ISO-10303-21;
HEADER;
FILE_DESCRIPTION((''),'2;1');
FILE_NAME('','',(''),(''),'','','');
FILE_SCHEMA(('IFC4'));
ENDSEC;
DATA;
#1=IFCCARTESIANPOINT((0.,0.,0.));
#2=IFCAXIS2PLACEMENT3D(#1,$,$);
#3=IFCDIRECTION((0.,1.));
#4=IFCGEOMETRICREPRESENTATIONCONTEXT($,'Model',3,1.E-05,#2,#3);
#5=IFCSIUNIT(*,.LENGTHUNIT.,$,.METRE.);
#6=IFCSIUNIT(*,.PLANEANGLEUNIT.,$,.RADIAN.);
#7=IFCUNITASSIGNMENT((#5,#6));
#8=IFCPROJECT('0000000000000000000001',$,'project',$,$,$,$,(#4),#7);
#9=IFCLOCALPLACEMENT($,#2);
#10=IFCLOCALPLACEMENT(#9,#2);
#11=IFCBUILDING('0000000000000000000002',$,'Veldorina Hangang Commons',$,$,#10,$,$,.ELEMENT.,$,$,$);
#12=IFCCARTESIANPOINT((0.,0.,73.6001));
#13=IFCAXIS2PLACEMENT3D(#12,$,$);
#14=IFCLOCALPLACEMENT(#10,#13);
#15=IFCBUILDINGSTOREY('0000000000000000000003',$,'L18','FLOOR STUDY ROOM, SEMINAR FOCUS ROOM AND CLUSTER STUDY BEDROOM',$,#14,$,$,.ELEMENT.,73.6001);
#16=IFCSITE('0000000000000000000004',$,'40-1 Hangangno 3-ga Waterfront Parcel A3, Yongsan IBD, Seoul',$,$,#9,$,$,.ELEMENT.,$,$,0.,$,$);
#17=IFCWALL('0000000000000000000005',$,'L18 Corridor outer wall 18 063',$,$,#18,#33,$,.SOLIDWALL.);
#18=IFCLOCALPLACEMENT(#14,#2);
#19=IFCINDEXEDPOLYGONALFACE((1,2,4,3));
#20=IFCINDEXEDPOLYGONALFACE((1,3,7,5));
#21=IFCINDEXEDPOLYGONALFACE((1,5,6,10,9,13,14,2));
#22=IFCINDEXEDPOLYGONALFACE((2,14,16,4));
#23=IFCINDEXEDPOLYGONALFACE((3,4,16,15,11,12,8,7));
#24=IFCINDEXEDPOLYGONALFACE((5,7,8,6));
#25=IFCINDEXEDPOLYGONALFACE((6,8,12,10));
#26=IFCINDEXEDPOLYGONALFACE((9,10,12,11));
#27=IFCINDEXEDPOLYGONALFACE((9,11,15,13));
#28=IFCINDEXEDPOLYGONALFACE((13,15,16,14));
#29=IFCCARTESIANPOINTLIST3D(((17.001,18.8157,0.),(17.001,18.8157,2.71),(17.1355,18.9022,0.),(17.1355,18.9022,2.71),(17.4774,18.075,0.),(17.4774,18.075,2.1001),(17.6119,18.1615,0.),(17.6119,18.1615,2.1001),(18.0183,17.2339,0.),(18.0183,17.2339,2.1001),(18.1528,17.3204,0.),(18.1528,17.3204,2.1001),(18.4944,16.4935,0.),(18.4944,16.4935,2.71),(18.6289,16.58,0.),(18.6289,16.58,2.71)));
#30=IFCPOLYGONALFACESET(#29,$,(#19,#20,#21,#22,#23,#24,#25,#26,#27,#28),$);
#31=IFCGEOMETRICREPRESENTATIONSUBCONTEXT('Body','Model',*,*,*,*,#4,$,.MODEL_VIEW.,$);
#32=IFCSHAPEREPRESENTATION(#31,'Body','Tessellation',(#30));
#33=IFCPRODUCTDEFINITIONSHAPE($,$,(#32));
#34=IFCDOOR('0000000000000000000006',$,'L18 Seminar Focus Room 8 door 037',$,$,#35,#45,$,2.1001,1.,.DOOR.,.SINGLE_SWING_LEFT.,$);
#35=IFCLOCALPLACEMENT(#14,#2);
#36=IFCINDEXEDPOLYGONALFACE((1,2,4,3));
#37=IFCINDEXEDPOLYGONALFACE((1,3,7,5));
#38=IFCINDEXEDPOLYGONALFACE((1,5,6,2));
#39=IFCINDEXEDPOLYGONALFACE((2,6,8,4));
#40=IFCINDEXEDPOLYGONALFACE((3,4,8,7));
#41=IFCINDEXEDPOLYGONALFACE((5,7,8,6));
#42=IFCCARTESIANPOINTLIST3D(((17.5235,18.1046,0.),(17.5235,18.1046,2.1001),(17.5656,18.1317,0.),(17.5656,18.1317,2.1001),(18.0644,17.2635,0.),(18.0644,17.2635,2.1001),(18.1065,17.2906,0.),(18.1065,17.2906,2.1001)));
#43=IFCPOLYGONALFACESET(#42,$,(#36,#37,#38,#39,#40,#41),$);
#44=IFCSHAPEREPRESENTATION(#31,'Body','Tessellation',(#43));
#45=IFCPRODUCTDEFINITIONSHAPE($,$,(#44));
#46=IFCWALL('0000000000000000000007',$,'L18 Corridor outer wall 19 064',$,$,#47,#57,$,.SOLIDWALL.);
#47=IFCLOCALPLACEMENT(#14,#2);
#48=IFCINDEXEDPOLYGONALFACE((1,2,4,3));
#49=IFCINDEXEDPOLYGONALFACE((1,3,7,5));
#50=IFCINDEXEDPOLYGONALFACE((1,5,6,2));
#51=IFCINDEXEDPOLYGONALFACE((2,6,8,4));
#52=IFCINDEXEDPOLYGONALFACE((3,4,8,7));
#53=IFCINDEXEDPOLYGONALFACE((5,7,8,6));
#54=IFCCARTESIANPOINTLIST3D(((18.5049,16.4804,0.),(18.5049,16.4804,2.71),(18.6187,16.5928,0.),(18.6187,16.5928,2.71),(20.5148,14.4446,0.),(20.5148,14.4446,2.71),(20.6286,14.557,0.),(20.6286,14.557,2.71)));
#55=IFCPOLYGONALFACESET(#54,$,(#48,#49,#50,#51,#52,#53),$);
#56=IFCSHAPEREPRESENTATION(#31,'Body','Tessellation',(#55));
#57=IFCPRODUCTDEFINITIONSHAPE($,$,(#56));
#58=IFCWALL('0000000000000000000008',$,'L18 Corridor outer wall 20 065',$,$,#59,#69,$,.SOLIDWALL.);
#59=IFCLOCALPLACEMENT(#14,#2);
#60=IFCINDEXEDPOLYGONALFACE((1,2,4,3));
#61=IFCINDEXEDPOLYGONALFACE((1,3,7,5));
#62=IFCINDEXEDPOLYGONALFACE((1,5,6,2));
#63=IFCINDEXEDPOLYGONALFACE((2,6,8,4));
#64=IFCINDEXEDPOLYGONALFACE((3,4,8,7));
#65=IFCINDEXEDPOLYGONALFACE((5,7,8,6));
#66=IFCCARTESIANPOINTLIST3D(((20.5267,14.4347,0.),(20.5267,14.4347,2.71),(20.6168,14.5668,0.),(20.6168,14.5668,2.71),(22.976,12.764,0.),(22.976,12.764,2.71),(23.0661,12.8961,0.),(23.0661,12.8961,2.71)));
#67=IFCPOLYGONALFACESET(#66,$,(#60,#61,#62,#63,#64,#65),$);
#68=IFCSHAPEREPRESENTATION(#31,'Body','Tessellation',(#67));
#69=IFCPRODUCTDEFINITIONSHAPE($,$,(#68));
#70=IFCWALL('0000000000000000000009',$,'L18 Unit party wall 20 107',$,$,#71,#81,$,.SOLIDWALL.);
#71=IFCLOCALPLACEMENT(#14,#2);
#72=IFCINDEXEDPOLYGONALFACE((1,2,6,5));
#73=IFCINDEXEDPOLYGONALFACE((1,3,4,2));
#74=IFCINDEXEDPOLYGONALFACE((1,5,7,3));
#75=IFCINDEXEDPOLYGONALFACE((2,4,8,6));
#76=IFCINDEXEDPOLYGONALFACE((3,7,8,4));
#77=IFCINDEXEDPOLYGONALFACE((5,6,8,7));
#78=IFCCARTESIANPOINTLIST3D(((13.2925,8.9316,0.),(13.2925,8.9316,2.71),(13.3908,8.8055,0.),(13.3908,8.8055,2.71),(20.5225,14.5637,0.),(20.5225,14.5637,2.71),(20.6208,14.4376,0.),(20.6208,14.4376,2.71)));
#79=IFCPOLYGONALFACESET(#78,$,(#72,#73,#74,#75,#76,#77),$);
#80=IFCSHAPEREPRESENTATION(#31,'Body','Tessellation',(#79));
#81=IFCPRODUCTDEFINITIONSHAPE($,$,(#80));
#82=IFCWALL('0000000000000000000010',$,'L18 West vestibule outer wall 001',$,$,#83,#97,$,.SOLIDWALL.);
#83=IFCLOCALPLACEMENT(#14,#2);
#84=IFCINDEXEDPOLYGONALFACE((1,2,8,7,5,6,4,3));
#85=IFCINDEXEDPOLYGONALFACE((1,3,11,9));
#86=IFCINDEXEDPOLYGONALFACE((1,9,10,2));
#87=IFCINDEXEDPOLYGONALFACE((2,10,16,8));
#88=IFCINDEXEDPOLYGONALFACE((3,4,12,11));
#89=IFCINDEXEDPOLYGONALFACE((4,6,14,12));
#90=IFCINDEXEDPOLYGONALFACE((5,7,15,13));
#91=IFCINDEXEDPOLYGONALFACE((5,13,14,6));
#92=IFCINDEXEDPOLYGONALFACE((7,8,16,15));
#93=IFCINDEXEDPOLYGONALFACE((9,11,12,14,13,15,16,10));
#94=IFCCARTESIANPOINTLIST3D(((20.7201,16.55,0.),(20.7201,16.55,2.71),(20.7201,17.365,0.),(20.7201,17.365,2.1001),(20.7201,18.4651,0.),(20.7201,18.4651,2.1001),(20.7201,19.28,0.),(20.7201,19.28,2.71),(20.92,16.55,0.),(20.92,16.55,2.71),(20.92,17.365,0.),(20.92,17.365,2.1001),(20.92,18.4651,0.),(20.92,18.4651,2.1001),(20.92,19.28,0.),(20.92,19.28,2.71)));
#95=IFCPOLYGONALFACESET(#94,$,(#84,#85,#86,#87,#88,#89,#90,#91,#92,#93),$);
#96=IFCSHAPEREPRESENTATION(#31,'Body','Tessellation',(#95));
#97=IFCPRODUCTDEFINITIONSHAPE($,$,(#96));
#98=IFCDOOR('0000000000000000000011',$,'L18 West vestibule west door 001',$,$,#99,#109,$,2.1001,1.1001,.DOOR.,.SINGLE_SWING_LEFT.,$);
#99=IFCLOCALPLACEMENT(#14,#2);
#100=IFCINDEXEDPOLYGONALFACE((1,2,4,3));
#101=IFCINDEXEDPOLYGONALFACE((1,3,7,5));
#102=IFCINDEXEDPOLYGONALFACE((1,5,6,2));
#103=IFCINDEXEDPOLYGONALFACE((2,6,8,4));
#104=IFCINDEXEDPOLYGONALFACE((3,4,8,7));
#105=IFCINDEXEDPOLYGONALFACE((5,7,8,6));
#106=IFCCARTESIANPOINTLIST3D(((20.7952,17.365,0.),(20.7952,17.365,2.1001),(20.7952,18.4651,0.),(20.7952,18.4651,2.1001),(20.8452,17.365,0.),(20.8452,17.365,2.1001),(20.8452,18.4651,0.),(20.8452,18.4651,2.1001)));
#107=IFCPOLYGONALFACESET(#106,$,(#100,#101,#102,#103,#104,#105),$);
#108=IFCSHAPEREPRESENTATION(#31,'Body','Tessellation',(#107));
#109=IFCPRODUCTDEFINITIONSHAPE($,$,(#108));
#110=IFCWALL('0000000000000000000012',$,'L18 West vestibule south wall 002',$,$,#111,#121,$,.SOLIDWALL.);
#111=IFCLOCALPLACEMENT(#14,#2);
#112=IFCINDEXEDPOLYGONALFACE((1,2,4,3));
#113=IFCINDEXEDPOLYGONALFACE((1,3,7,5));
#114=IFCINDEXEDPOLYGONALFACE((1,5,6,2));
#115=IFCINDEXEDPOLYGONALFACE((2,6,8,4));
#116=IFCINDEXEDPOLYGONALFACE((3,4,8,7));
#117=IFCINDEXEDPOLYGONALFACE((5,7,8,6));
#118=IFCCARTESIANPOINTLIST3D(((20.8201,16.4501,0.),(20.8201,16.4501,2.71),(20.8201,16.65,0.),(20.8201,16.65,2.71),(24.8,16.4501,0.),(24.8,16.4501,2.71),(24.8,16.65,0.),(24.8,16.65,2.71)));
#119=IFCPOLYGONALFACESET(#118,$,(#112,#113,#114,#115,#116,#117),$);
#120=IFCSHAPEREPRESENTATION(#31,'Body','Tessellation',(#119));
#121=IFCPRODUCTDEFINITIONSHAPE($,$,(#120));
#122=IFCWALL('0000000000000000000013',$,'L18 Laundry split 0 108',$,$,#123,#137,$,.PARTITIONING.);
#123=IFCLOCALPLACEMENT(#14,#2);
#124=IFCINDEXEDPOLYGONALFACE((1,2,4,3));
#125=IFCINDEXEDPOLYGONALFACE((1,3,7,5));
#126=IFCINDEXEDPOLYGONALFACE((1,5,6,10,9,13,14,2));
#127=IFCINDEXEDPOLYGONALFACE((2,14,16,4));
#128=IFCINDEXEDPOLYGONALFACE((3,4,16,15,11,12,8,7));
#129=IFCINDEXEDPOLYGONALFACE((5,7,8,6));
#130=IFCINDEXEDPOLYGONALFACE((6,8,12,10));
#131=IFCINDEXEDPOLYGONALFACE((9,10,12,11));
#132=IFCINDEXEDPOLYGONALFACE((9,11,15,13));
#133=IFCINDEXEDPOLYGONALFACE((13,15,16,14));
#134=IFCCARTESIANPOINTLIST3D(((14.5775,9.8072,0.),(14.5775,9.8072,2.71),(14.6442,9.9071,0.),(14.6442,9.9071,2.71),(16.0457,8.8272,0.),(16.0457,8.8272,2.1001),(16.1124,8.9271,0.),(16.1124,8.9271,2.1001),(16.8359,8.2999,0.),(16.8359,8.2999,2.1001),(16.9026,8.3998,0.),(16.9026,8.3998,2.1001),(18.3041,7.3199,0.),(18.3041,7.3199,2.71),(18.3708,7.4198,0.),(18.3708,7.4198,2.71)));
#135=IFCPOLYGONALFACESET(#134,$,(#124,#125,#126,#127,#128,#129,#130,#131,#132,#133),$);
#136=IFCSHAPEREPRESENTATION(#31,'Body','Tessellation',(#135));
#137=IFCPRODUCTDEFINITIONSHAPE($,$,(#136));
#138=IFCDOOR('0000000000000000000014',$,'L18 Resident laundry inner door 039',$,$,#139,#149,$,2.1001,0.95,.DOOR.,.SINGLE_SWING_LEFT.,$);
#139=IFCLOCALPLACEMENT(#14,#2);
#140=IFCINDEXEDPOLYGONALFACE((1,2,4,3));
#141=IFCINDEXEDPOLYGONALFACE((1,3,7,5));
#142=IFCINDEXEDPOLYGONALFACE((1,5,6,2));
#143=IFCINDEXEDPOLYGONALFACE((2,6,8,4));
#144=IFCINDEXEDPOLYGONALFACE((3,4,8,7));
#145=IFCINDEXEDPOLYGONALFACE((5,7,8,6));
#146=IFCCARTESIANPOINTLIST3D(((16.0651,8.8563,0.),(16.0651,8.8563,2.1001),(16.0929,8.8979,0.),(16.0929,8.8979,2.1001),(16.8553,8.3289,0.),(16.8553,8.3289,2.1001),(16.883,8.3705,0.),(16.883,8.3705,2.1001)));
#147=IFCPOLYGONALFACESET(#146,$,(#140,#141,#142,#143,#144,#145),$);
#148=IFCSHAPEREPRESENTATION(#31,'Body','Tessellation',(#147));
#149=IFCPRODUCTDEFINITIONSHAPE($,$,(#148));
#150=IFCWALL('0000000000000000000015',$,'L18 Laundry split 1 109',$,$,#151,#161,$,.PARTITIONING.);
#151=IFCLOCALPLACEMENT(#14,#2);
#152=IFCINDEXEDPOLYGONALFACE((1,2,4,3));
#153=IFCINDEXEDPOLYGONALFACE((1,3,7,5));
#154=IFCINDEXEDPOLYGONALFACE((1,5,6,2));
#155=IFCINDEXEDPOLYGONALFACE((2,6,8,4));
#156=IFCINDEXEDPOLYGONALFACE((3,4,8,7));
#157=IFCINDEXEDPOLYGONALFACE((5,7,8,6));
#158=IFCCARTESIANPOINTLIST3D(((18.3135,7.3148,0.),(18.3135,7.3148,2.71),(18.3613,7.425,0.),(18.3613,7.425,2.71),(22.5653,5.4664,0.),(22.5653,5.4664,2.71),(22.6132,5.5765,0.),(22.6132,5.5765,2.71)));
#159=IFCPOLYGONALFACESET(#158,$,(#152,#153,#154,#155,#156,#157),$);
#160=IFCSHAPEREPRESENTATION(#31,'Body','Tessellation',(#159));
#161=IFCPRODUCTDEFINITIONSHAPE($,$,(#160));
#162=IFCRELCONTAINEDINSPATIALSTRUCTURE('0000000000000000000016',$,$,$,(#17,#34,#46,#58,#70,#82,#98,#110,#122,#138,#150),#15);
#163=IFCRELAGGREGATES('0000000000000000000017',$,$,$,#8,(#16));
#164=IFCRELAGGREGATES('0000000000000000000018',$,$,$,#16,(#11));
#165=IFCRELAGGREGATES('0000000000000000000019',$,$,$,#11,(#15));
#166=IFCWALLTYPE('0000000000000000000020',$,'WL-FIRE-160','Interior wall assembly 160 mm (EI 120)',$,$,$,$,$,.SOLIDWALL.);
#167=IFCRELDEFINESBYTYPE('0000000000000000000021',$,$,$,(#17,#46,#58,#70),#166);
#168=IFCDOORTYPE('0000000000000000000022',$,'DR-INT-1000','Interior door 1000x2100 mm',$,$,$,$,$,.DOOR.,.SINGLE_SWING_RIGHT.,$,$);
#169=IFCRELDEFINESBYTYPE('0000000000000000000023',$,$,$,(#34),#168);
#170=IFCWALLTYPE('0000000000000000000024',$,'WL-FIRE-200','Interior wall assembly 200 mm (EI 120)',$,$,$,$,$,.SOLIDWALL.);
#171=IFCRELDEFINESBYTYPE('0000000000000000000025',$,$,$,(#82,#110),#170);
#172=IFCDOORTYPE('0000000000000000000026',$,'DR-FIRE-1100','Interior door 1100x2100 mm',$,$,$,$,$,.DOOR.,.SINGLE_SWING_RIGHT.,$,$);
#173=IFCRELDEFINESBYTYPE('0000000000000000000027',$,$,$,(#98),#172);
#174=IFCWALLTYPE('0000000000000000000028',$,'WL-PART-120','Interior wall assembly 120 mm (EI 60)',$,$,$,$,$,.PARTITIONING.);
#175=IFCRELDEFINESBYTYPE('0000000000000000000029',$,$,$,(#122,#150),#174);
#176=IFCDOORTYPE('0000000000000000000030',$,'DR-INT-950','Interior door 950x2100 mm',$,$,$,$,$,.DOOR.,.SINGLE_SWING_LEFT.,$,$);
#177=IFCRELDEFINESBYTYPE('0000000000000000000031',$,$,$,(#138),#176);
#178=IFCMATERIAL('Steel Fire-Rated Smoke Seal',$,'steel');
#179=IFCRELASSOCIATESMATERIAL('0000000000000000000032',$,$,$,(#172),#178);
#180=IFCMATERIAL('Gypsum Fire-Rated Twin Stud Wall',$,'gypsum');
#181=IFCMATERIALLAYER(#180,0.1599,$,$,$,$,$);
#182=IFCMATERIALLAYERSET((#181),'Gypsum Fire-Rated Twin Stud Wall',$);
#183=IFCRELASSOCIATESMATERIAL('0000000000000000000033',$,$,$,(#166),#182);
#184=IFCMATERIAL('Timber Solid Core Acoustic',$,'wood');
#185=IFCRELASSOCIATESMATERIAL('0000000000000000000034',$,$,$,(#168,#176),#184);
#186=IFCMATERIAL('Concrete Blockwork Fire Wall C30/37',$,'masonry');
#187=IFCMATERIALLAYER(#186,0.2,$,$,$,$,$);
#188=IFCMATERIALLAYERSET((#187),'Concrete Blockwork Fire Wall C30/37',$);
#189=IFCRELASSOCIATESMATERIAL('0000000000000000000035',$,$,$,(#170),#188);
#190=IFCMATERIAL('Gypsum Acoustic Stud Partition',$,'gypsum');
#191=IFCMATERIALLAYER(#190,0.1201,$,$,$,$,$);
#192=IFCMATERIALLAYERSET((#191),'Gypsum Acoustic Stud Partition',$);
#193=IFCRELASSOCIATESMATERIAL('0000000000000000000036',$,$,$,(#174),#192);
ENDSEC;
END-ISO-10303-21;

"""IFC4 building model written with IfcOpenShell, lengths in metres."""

from ifc_helpers import new_model, si_unit, direction, frame, frame_2d, origin, place, context, subcontext, project, spatial, rectangle, extrude, material, layer, layer_set, type_object, element, fill, save


model = new_model("IFC4")

# Units and contexts
model_context = context("Model", 3, precision=1e-05, world=origin(), true_north=direction((0.0, 1.0)))
body_context = subcontext(model_context, "Body", "Model", "MODEL_VIEW")
ifc_project = project(units=[si_unit("LENGTHUNIT", "METRE"), si_unit("PLANEANGLEUNIT", "RADIAN")], contexts=[model_context])

# Site, building, storey
site_placement = place(None, origin())
site = spatial("IfcSite", under=ifc_project, at=site_placement, Name="40-1 Hangangno 3-ga Waterfront Parcel A3, Yongsan IBD, Seoul", CompositionType="ELEMENT", RefElevation=0.0)
building_placement = place(site_placement, origin())
building = spatial("IfcBuilding", under=site, at=building_placement, Name="Veldorina Hangang Commons", CompositionType="ELEMENT")
storey_placement = place(building_placement, frame((0.0, 0.0, 73.6001)))
storey = spatial("IfcBuildingStorey", under=building, at=storey_placement, Name="L18", Description="FLOOR STUDY ROOM, SEMINAR FOCUS ROOM AND CLUSTER STUDY BEDROOM", CompositionType="ELEMENT", Elevation=73.6001)

# Wall, opening, door
ifc_material_1 = material(Name="Steel Fire-Rated Smoke Seal", Category="steel")
door_type_1 = type_object("IfcDoorType", Name="DR-FIRE-1100", Description="Interior door 1100x2100 mm", OperationType="SINGLE_SWING_RIGHT", PredefinedType="DOOR", material=ifc_material_1)
ifc_material_2 = material(Name="Gypsum Fire-Rated Twin Stud Wall", Category="gypsum")
ifc_layer_1 = layer(ifc_material_2, 0.1599)
ifc_layer_set_1 = layer_set([ifc_layer_1], Name="Gypsum Fire-Rated Twin Stud Wall")
wall_type_1 = type_object("IfcWallType", Name="WL-FIRE-160", Description="Interior wall assembly 160 mm (EI 120)", PredefinedType="SOLIDWALL", material=ifc_layer_set_1)
wall_1_placement = place(storey_placement, frame((17.0684, 18.8589, 0.0), z_axis=(0.0, 0.0, 1.0), x_axis=(0.540892, -0.841092, 0.0)))
wall_1 = element("IfcWall", 1, at=wall_1_placement, inside=storey, type_object=wall_type_1, Name="L18 Corridor outer wall 18 063", PredefinedType="SOLIDWALL", context=body_context, shape_type="SweptSolid", body=[
    extrude(rectangle(XDim=2.761, YDim=0.1599, at=frame_2d((1.3804, 0.0))), origin(), (0.0, 0.0, 1.0), 2.71),
])
opening_1_placement = place(wall_1_placement, frame((0.8806, 0.0, 0.0)))
opening_1 = element("IfcOpeningElement", 2, at=opening_1_placement, cuts=wall_1, PredefinedType="OPENING", context=body_context, shape_type="SweptSolid", body=[
    extrude(rectangle(XDim=1.0, YDim=2.1001, at=frame_2d((0.5, 1.05))), frame((0.0, 0.0898, 0.0), z_axis=(0.0, -1.0, 0.0), x_axis=(1.0, 0.0, 0.0)), (0.0, 0.0, 1.0), 0.1799),
])
ifc_material_3 = material(Name="Timber Solid Core Acoustic", Category="wood")
door_type_2 = type_object("IfcDoorType", Name="DR-INT-1000", Description="Interior door 1000x2100 mm", OperationType="SINGLE_SWING_RIGHT", PredefinedType="DOOR", material=ifc_material_3)
door_1_placement = place(opening_1_placement, origin())
door_1 = element("IfcDoor", 3, at=door_1_placement, inside=storey, type_object=door_type_2, Name="L18 Seminar Focus Room 8 door 037", OperationType="SINGLE_SWING_LEFT", OverallHeight=2.1001, OverallWidth=1.0, PredefinedType="DOOR", context=body_context, shape_type="SweptSolid", body=[
    extrude(rectangle(XDim=1.0, YDim=2.1001, at=frame_2d((0.5, 1.05))), frame((0.0, 0.0249, 0.0), z_axis=(0.0, -1.0, 0.0), x_axis=(1.0, 0.0, 0.0)), (0.0, 0.0, 1.0), 0.05),
])
fill(opening_1, door_1)

# Walls
wall_2_placement = place(storey_placement, frame((18.5618, 16.5366, 0.0), z_axis=(0.0, 0.0, 1.0), x_axis=(0.70257, -0.711615, 0.0)))
element("IfcWall", 4, at=wall_2_placement, inside=storey, type_object=wall_type_1, Name="L18 Corridor outer wall 19 064", PredefinedType="SOLIDWALL", context=body_context, shape_type="SweptSolid", body=[
    extrude(rectangle(XDim=2.8608, YDim=0.1599, at=frame_2d((1.4304, 0.0))), origin(), (0.0, 0.0, 1.0), 2.71),
])
wall_3_placement = place(storey_placement, frame((20.5718, 14.5007, 0.0), z_axis=(0.0, 0.0, 1.0), x_axis=(0.826112, -0.563505, 0.0)))
element("IfcWall", 5, at=wall_3_placement, inside=storey, type_object=wall_type_1, Name="L18 Corridor outer wall 20 065", PredefinedType="SOLIDWALL", context=body_context, shape_type="SweptSolid", body=[
    extrude(rectangle(XDim=2.9648, YDim=0.1599, at=frame_2d((1.4824, 0.0))), origin(), (0.0, 0.0, 1.0), 2.71),
])
wall_4_placement = place(storey_placement, frame((20.5718, 14.5007, 0.0), z_axis=(0.0, 0.0, 1.0), x_axis=(-0.788889, -0.614536, 0.0)))
element("IfcWall", 6, at=wall_4_placement, inside=storey, type_object=wall_type_1, Name="L18 Unit party wall 20 107", PredefinedType="SOLIDWALL", context=body_context, shape_type="SweptSolid", body=[
    extrude(rectangle(XDim=9.1648, YDim=0.1599, at=frame_2d((4.5825, 0.0))), origin(), (0.0, 0.0, 1.0), 2.71),
])

# Wall, opening, door
ifc_material_4 = material(Name="Concrete Blockwork Fire Wall C30/37", Category="masonry")
ifc_layer_2 = layer(ifc_material_4, 0.2)
ifc_layer_set_2 = layer_set([ifc_layer_2], Name="Concrete Blockwork Fire Wall C30/37")
wall_type_2 = type_object("IfcWallType", Name="WL-FIRE-200", Description="Interior wall assembly 200 mm (EI 120)", PredefinedType="SOLIDWALL", material=ifc_layer_set_2)
wall_5_placement = place(storey_placement, frame((20.8201, 16.55, 0.0), z_axis=(0.0, 0.0, 1.0), x_axis=(0.0, 1.0, 0.0)))
wall_5 = element("IfcWall", 7, at=wall_5_placement, inside=storey, type_object=wall_type_2, Name="L18 West vestibule outer wall 001", PredefinedType="SOLIDWALL", context=body_context, shape_type="SweptSolid", body=[
    extrude(rectangle(XDim=2.73, YDim=0.2, at=frame_2d((1.365, 0.0))), origin(), (0.0, 0.0, 1.0), 2.71),
])
opening_2_placement = place(wall_5_placement, frame((0.8149, 0.0, 0.0)))
opening_2 = element("IfcOpeningElement", 8, at=opening_2_placement, cuts=wall_5, PredefinedType="OPENING", context=body_context, shape_type="SweptSolid", body=[
    extrude(rectangle(XDim=1.1001, YDim=2.1001, at=frame_2d((0.55, 1.05))), frame((0.0, 0.1099, 0.0), z_axis=(0.0, -1.0, 0.0), x_axis=(1.0, 0.0, 0.0)), (0.0, 0.0, 1.0), 0.22),
])
door_2_placement = place(opening_2_placement, origin())
door_2 = element("IfcDoor", 9, at=door_2_placement, inside=storey, type_object=door_type_1, Name="L18 West vestibule west door 001", OperationType="SINGLE_SWING_LEFT", OverallHeight=2.1001, OverallWidth=1.1001, PredefinedType="DOOR", context=body_context, shape_type="SweptSolid", body=[
    extrude(rectangle(XDim=1.1001, YDim=2.1001, at=frame_2d((0.55, 1.05))), frame((0.0, 0.0249, 0.0), z_axis=(0.0, -1.0, 0.0), x_axis=(1.0, 0.0, 0.0)), (0.0, 0.0, 1.0), 0.05),
])
fill(opening_2, door_2)

# Wall
wall_6_placement = place(storey_placement, frame((20.8201, 16.55, 0.0), z_axis=(0.0, 0.0, 1.0), x_axis=(1.0, 0.0, 0.0)))
element("IfcWall", 10, at=wall_6_placement, inside=storey, type_object=wall_type_2, Name="L18 West vestibule south wall 002", PredefinedType="SOLIDWALL", context=body_context, shape_type="SweptSolid", body=[
    extrude(rectangle(XDim=3.98, YDim=0.2, at=frame_2d((1.99, 0.0))), origin(), (0.0, 0.0, 1.0), 2.71),
])

# Wall, opening, door
ifc_material_5 = material(Name="Gypsum Acoustic Stud Partition", Category="gypsum")
ifc_layer_3 = layer(ifc_material_5, 0.1201)
ifc_layer_set_3 = layer_set([ifc_layer_3], Name="Gypsum Acoustic Stud Partition")
wall_type_3 = type_object("IfcWallType", Name="WL-PART-120", Description="Interior wall assembly 120 mm (EI 60)", PredefinedType="PARTITIONING", material=ifc_layer_set_3)
wall_7_placement = place(storey_placement, frame((14.6108, 9.8572, 0.0), z_axis=(0.0, 0.0, 1.0), x_axis=(0.831748, -0.555153, 0.0)))
wall_7 = element("IfcWall", 11, at=wall_7_placement, inside=storey, type_object=wall_type_3, Name="L18 Laundry split 0 108", PredefinedType="PARTITIONING", context=body_context, shape_type="SweptSolid", body=[
    extrude(rectangle(XDim=4.4805, YDim=0.1201, at=frame_2d((2.2402, 0.0))), origin(), (0.0, 0.0, 1.0), 2.71),
])
opening_3_placement = place(wall_7_placement, frame((1.7651, 0.0, 0.0)))
opening_3 = element("IfcOpeningElement", 12, at=opening_3_placement, cuts=wall_7, PredefinedType="OPENING", context=body_context, shape_type="SweptSolid", body=[
    extrude(rectangle(XDim=0.95, YDim=2.1001, at=frame_2d((0.4751, 1.05))), frame((0.0, 0.0701, 0.0), z_axis=(0.0, -1.0, 0.0), x_axis=(1.0, 0.0, 0.0)), (0.0, 0.0, 1.0), 0.1401),
])
door_type_3 = type_object("IfcDoorType", Name="DR-INT-950", Description="Interior door 950x2100 mm", OperationType="SINGLE_SWING_LEFT", PredefinedType="DOOR", material=ifc_material_3)
door_3_placement = place(opening_3_placement, origin())
door_3 = element("IfcDoor", 13, at=door_3_placement, inside=storey, type_object=door_type_3, Name="L18 Resident laundry inner door 039", OperationType="SINGLE_SWING_LEFT", OverallHeight=2.1001, OverallWidth=0.95, PredefinedType="DOOR", context=body_context, shape_type="SweptSolid", body=[
    extrude(rectangle(XDim=0.95, YDim=2.1001, at=frame_2d((0.4751, 1.05))), frame((0.0, 0.0249, 0.0), z_axis=(0.0, -1.0, 0.0), x_axis=(1.0, 0.0, 0.0)), (0.0, 0.0, 1.0), 0.05),
])
fill(opening_3, door_3)

# Wall
wall_8_placement = place(storey_placement, frame((18.3374, 7.3699, 0.0), z_axis=(0.0, 0.0, 1.0), x_axis=(0.917084, -0.398693, 0.0)))
element("IfcWall", 14, at=wall_8_placement, inside=storey, type_object=wall_type_3, Name="L18 Laundry split 1 109", PredefinedType="PARTITIONING", context=body_context, shape_type="SweptSolid", body=[
    extrude(rectangle(XDim=4.6362, YDim=0.1201, at=frame_2d((2.3181, 0.0))), origin(), (0.0, 0.0, 1.0), 2.71),
])

save(model, "model.ifc")
